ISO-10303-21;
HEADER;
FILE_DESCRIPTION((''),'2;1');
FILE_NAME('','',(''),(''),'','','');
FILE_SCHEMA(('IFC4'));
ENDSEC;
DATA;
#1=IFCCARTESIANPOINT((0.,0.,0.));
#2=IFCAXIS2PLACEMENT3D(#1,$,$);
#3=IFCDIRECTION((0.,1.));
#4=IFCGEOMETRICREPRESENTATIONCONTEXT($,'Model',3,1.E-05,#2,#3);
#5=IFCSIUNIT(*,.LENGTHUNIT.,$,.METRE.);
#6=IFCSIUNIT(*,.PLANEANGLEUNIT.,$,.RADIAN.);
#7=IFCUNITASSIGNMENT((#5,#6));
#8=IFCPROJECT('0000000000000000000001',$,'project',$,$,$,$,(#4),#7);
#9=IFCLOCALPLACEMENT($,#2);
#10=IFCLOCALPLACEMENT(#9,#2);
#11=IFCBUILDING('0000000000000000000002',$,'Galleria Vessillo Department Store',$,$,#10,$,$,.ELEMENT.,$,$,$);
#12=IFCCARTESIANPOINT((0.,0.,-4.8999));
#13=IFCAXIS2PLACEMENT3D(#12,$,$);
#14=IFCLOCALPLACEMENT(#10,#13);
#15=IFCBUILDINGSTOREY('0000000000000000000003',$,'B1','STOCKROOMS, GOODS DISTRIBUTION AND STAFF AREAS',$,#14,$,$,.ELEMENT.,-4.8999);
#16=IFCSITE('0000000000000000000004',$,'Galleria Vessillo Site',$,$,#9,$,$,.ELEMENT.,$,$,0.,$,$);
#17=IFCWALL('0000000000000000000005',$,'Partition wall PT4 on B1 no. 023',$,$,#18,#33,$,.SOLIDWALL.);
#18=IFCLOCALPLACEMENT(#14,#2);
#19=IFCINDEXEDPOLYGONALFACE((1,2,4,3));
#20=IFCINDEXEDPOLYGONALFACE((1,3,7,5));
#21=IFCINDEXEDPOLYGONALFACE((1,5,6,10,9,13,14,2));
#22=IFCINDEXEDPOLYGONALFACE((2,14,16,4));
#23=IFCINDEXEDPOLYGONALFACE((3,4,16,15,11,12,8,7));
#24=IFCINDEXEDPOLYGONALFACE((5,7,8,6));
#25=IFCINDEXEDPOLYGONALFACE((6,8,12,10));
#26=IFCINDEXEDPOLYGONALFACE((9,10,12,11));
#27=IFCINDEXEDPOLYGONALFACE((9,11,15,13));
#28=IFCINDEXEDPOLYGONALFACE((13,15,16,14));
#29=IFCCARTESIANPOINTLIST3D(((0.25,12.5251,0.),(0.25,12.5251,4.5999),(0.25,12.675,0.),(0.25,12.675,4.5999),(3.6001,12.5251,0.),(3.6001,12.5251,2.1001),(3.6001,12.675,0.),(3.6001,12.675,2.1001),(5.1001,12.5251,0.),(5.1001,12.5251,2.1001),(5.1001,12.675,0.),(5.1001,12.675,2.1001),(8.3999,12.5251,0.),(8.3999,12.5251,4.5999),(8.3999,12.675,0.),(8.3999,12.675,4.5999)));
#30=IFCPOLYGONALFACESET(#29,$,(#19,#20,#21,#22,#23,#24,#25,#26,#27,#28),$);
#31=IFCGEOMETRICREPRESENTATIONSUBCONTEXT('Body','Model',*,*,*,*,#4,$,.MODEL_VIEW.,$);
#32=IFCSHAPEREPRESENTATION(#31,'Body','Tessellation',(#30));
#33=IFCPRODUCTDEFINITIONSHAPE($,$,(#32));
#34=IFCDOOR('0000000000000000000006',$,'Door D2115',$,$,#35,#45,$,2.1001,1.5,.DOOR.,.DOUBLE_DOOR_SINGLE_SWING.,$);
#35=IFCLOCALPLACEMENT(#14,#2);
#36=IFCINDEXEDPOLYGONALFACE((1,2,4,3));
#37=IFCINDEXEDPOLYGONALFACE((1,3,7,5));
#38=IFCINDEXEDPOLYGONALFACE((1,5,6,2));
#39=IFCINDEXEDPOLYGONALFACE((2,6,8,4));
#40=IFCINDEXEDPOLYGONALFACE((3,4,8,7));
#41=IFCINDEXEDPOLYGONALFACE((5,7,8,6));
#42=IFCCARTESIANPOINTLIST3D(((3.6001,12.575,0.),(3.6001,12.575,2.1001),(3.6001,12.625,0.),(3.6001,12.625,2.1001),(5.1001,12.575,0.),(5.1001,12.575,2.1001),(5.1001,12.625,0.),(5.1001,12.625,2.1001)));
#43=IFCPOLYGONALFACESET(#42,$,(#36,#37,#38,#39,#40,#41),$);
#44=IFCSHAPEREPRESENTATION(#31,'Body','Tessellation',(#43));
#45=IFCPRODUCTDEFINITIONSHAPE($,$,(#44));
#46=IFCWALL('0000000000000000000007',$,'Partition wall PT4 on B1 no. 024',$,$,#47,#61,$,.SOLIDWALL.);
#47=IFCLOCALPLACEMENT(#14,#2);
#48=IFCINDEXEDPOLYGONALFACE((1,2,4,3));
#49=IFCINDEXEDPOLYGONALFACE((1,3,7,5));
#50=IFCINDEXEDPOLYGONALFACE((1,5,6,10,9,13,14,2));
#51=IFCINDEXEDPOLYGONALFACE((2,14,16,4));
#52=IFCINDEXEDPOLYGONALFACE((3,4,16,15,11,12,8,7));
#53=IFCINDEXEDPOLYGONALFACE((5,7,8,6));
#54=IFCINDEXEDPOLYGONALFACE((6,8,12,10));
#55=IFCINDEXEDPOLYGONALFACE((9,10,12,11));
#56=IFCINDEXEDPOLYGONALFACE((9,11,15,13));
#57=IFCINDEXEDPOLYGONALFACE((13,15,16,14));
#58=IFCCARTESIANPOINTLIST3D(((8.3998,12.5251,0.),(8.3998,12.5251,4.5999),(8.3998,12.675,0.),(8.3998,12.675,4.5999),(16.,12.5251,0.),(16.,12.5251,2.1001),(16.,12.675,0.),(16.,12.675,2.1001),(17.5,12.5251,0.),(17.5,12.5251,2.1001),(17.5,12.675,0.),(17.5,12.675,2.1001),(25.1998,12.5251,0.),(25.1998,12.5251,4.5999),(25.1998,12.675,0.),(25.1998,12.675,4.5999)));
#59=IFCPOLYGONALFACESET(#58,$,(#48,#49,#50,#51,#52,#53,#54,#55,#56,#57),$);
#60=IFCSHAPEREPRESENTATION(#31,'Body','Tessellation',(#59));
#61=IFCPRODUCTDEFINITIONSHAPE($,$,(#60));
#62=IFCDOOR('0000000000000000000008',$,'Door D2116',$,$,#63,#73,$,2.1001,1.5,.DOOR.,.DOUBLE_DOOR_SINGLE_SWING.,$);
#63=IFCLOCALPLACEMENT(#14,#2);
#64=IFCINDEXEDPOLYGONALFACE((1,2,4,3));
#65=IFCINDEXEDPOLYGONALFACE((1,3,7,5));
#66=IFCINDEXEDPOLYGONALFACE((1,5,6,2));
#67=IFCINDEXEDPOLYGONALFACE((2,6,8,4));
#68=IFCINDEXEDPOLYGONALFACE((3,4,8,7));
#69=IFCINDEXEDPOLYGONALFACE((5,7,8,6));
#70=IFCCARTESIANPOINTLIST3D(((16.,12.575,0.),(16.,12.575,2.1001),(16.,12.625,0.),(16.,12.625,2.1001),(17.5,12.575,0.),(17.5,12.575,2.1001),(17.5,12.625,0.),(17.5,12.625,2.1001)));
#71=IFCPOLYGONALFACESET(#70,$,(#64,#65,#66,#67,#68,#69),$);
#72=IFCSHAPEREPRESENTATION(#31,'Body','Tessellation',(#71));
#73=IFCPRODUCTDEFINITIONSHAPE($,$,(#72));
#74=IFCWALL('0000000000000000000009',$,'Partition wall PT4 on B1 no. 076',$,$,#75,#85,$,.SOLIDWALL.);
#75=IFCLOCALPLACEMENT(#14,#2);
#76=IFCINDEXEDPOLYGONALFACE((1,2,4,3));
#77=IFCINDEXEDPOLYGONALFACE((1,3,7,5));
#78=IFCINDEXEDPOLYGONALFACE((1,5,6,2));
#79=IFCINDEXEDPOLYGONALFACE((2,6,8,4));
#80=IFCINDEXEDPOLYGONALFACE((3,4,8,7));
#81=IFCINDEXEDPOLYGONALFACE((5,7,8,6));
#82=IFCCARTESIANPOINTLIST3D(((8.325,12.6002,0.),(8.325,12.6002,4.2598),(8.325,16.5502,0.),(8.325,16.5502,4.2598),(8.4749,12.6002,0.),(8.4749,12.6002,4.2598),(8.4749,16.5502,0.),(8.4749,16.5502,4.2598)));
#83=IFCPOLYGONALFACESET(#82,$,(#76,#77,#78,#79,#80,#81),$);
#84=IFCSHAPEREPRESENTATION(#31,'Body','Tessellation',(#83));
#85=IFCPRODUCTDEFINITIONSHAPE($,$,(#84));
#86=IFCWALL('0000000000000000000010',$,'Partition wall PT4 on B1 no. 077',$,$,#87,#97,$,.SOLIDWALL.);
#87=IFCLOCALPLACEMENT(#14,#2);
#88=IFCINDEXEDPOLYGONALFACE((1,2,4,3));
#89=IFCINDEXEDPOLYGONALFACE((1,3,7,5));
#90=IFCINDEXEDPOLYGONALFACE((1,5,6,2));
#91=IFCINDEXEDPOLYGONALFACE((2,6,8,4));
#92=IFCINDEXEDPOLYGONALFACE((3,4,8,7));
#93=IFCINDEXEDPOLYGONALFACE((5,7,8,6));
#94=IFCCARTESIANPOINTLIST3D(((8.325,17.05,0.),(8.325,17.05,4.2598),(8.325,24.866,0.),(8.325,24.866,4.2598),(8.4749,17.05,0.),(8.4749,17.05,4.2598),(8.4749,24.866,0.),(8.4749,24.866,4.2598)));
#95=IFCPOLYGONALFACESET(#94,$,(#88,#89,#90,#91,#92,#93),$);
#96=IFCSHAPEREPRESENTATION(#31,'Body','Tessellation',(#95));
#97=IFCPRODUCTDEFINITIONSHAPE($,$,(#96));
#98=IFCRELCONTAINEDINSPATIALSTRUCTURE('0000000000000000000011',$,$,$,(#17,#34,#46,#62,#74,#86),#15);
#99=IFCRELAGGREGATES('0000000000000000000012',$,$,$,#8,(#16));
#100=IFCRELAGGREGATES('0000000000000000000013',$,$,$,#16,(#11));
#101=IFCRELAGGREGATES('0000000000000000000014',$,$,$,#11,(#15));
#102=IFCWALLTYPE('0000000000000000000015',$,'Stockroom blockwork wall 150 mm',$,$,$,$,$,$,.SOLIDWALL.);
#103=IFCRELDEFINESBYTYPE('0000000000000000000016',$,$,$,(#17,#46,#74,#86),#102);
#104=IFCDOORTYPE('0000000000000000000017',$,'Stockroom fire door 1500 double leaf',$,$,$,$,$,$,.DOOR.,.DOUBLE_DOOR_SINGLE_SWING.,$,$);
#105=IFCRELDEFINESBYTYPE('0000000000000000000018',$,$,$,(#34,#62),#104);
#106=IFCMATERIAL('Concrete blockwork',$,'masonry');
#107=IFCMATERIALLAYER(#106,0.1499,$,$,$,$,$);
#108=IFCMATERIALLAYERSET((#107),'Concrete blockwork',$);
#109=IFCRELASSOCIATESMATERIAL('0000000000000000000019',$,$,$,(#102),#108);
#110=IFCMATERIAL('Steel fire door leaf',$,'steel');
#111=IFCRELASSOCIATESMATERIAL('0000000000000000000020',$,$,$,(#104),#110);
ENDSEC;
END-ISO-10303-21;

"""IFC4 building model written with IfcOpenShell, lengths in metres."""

from ifc_helpers import new_model, si_unit, direction, frame, frame_2d, origin, place, context, subcontext, project, spatial, rectangle, extrude, material, layer, layer_set, type_object, element, fill, save


model = new_model("IFC4")

# Units and contexts
model_context = context("Model", 3, precision=1e-05, world=origin(), true_north=direction((0.0, 1.0)))
body_context = subcontext(model_context, "Body", "Model", "MODEL_VIEW")
ifc_project = project(units=[si_unit("LENGTHUNIT", "METRE"), si_unit("PLANEANGLEUNIT", "RADIAN")], contexts=[model_context])

# Site, building, storey
site_placement = place(None, origin())
site = spatial("IfcSite", under=ifc_project, at=site_placement, Name="Galleria Vessillo Site", CompositionType="ELEMENT", RefElevation=0.0)
building_placement = place(site_placement, origin())
building = spatial("IfcBuilding", under=site, at=building_placement, Name="Galleria Vessillo Department Store", CompositionType="ELEMENT")
storey_placement = place(building_placement, frame((0.0, 0.0, -4.8999)))
storey = spatial("IfcBuildingStorey", under=building, at=storey_placement, Name="B1", Description="STOCKROOMS, GOODS DISTRIBUTION AND STAFF AREAS", CompositionType="ELEMENT", Elevation=-4.8999)

# Walls, openings, doors
ifc_material_1 = material(Name="Concrete blockwork", Category="masonry")
ifc_layer_1 = layer(ifc_material_1, 0.1499)
ifc_layer_set_1 = layer_set([ifc_layer_1], Name="Concrete blockwork")
wall_type_1 = type_object("IfcWallType", Name="Stockroom blockwork wall 150 mm", PredefinedType="SOLIDWALL", material=ifc_layer_set_1)
wall_1_placement = place(storey_placement, frame((0.25, 12.6001, 0.0), z_axis=(0.0, 0.0, 1.0), x_axis=(1.0, 0.0, 0.0)))
wall_1 = element("IfcWall", 1, at=wall_1_placement, inside=storey, type_object=wall_type_1, Name="Partition wall PT4 on B1 no. 023", PredefinedType="SOLIDWALL", context=body_context, shape_type="SweptSolid", body=[
    extrude(rectangle(XDim=8.1499, YDim=0.1499, at=frame_2d((4.075, 0.0))), origin(), (0.0, 0.0, 1.0), 4.5999),
])
opening_1_placement = place(wall_1_placement, frame((3.3501, 0.0, 0.0)))
opening_1 = element("IfcOpeningElement", 2, at=opening_1_placement, cuts=wall_1, PredefinedType="OPENING", context=body_context, shape_type="SweptSolid", body=[
    extrude(rectangle(XDim=1.5, YDim=2.1001, at=frame_2d((0.75, 1.05))), frame((0.0, 0.085, 0.0), z_axis=(0.0, -1.0, 0.0), x_axis=(1.0, 0.0, 0.0)), (0.0, 0.0, 1.0), 0.1699),
])
ifc_material_2 = material(Name="Steel fire door leaf", Category="steel")
door_type_1 = type_object("IfcDoorType", Name="Stockroom fire door 1500 double leaf", OperationType="DOUBLE_DOOR_SINGLE_SWING", PredefinedType="DOOR", material=ifc_material_2)
door_1_placement = place(opening_1_placement, origin())
door_1 = element("IfcDoor", 3, at=door_1_placement, inside=storey, type_object=door_type_1, Name="Door D2115", OperationType="DOUBLE_DOOR_SINGLE_SWING", OverallHeight=2.1001, OverallWidth=1.5, PredefinedType="DOOR", context=body_context, shape_type="SweptSolid", body=[
    extrude(rectangle(XDim=1.5, YDim=2.1001, at=frame_2d((0.75, 1.05))), frame((0.0, 0.0249, 0.0), z_axis=(0.0, -1.0, 0.0), x_axis=(1.0, 0.0, 0.0)), (0.0, 0.0, 1.0), 0.05),
])
fill(opening_1, door_1)
wall_2_placement = place(storey_placement, frame((8.3999, 12.6001, 0.0), z_axis=(0.0, 0.0, 1.0), x_axis=(1.0, 0.0, 0.0)))
wall_2 = element("IfcWall", 4, at=wall_2_placement, inside=storey, type_object=wall_type_1, Name="Partition wall PT4 on B1 no. 024", PredefinedType="SOLIDWALL", context=body_context, shape_type="SweptSolid", body=[
    extrude(rectangle(XDim=16.8, YDim=0.1499, at=frame_2d((8.3999, 0.0))), origin(), (0.0, 0.0, 1.0), 4.5999),
])
opening_2_placement = place(wall_2_placement, frame((7.6001, 0.0, 0.0)))
opening_2 = element("IfcOpeningElement", 5, at=opening_2_placement, cuts=wall_2, PredefinedType="OPENING", context=body_context, shape_type="SweptSolid", body=[
    extrude(rectangle(XDim=1.5, YDim=2.1001, at=frame_2d((0.75, 1.05))), frame((0.0, 0.085, 0.0), z_axis=(0.0, -1.0, 0.0), x_axis=(1.0, 0.0, 0.0)), (0.0, 0.0, 1.0), 0.1699),
])
door_2_placement = place(opening_2_placement, origin())
door_2 = element("IfcDoor", 6, at=door_2_placement, inside=storey, type_object=door_type_1, Name="Door D2116", OperationType="DOUBLE_DOOR_SINGLE_SWING", OverallHeight=2.1001, OverallWidth=1.5, PredefinedType="DOOR", context=body_context, shape_type="SweptSolid", body=[
    extrude(rectangle(XDim=1.5, YDim=2.1001, at=frame_2d((0.75, 1.05))), frame((0.0, 0.0249, 0.0), z_axis=(0.0, -1.0, 0.0), x_axis=(1.0, 0.0, 0.0)), (0.0, 0.0, 1.0), 0.05),
])
fill(opening_2, door_2)

# Walls
wall_3_placement = place(storey_placement, frame((8.3999, 12.6001, 0.0), z_axis=(0.0, 0.0, 1.0), x_axis=(0.0, 1.0, 0.0)))
element("IfcWall", 7, at=wall_3_placement, inside=storey, type_object=wall_type_1, Name="Partition wall PT4 on B1 no. 076", PredefinedType="SOLIDWALL", context=body_context, shape_type="SweptSolid", body=[
    extrude(rectangle(XDim=3.95, YDim=0.1499, at=frame_2d((1.9751, 0.0))), origin(), (0.0, 0.0, 1.0), 4.2598),
])
wall_4_placement = place(storey_placement, frame((8.3999, 17.05, 0.0), z_axis=(0.0, 0.0, 1.0), x_axis=(0.0, 1.0, 0.0)))
element("IfcWall", 8, at=wall_4_placement, inside=storey, type_object=wall_type_1, Name="Partition wall PT4 on B1 no. 077", PredefinedType="SOLIDWALL", context=body_context, shape_type="SweptSolid", body=[
    extrude(rectangle(XDim=7.8159, YDim=0.1499, at=frame_2d((3.908, 0.0))), origin(), (0.0, 0.0, 1.0), 4.2598),
])

save(model, "model.ifc")
